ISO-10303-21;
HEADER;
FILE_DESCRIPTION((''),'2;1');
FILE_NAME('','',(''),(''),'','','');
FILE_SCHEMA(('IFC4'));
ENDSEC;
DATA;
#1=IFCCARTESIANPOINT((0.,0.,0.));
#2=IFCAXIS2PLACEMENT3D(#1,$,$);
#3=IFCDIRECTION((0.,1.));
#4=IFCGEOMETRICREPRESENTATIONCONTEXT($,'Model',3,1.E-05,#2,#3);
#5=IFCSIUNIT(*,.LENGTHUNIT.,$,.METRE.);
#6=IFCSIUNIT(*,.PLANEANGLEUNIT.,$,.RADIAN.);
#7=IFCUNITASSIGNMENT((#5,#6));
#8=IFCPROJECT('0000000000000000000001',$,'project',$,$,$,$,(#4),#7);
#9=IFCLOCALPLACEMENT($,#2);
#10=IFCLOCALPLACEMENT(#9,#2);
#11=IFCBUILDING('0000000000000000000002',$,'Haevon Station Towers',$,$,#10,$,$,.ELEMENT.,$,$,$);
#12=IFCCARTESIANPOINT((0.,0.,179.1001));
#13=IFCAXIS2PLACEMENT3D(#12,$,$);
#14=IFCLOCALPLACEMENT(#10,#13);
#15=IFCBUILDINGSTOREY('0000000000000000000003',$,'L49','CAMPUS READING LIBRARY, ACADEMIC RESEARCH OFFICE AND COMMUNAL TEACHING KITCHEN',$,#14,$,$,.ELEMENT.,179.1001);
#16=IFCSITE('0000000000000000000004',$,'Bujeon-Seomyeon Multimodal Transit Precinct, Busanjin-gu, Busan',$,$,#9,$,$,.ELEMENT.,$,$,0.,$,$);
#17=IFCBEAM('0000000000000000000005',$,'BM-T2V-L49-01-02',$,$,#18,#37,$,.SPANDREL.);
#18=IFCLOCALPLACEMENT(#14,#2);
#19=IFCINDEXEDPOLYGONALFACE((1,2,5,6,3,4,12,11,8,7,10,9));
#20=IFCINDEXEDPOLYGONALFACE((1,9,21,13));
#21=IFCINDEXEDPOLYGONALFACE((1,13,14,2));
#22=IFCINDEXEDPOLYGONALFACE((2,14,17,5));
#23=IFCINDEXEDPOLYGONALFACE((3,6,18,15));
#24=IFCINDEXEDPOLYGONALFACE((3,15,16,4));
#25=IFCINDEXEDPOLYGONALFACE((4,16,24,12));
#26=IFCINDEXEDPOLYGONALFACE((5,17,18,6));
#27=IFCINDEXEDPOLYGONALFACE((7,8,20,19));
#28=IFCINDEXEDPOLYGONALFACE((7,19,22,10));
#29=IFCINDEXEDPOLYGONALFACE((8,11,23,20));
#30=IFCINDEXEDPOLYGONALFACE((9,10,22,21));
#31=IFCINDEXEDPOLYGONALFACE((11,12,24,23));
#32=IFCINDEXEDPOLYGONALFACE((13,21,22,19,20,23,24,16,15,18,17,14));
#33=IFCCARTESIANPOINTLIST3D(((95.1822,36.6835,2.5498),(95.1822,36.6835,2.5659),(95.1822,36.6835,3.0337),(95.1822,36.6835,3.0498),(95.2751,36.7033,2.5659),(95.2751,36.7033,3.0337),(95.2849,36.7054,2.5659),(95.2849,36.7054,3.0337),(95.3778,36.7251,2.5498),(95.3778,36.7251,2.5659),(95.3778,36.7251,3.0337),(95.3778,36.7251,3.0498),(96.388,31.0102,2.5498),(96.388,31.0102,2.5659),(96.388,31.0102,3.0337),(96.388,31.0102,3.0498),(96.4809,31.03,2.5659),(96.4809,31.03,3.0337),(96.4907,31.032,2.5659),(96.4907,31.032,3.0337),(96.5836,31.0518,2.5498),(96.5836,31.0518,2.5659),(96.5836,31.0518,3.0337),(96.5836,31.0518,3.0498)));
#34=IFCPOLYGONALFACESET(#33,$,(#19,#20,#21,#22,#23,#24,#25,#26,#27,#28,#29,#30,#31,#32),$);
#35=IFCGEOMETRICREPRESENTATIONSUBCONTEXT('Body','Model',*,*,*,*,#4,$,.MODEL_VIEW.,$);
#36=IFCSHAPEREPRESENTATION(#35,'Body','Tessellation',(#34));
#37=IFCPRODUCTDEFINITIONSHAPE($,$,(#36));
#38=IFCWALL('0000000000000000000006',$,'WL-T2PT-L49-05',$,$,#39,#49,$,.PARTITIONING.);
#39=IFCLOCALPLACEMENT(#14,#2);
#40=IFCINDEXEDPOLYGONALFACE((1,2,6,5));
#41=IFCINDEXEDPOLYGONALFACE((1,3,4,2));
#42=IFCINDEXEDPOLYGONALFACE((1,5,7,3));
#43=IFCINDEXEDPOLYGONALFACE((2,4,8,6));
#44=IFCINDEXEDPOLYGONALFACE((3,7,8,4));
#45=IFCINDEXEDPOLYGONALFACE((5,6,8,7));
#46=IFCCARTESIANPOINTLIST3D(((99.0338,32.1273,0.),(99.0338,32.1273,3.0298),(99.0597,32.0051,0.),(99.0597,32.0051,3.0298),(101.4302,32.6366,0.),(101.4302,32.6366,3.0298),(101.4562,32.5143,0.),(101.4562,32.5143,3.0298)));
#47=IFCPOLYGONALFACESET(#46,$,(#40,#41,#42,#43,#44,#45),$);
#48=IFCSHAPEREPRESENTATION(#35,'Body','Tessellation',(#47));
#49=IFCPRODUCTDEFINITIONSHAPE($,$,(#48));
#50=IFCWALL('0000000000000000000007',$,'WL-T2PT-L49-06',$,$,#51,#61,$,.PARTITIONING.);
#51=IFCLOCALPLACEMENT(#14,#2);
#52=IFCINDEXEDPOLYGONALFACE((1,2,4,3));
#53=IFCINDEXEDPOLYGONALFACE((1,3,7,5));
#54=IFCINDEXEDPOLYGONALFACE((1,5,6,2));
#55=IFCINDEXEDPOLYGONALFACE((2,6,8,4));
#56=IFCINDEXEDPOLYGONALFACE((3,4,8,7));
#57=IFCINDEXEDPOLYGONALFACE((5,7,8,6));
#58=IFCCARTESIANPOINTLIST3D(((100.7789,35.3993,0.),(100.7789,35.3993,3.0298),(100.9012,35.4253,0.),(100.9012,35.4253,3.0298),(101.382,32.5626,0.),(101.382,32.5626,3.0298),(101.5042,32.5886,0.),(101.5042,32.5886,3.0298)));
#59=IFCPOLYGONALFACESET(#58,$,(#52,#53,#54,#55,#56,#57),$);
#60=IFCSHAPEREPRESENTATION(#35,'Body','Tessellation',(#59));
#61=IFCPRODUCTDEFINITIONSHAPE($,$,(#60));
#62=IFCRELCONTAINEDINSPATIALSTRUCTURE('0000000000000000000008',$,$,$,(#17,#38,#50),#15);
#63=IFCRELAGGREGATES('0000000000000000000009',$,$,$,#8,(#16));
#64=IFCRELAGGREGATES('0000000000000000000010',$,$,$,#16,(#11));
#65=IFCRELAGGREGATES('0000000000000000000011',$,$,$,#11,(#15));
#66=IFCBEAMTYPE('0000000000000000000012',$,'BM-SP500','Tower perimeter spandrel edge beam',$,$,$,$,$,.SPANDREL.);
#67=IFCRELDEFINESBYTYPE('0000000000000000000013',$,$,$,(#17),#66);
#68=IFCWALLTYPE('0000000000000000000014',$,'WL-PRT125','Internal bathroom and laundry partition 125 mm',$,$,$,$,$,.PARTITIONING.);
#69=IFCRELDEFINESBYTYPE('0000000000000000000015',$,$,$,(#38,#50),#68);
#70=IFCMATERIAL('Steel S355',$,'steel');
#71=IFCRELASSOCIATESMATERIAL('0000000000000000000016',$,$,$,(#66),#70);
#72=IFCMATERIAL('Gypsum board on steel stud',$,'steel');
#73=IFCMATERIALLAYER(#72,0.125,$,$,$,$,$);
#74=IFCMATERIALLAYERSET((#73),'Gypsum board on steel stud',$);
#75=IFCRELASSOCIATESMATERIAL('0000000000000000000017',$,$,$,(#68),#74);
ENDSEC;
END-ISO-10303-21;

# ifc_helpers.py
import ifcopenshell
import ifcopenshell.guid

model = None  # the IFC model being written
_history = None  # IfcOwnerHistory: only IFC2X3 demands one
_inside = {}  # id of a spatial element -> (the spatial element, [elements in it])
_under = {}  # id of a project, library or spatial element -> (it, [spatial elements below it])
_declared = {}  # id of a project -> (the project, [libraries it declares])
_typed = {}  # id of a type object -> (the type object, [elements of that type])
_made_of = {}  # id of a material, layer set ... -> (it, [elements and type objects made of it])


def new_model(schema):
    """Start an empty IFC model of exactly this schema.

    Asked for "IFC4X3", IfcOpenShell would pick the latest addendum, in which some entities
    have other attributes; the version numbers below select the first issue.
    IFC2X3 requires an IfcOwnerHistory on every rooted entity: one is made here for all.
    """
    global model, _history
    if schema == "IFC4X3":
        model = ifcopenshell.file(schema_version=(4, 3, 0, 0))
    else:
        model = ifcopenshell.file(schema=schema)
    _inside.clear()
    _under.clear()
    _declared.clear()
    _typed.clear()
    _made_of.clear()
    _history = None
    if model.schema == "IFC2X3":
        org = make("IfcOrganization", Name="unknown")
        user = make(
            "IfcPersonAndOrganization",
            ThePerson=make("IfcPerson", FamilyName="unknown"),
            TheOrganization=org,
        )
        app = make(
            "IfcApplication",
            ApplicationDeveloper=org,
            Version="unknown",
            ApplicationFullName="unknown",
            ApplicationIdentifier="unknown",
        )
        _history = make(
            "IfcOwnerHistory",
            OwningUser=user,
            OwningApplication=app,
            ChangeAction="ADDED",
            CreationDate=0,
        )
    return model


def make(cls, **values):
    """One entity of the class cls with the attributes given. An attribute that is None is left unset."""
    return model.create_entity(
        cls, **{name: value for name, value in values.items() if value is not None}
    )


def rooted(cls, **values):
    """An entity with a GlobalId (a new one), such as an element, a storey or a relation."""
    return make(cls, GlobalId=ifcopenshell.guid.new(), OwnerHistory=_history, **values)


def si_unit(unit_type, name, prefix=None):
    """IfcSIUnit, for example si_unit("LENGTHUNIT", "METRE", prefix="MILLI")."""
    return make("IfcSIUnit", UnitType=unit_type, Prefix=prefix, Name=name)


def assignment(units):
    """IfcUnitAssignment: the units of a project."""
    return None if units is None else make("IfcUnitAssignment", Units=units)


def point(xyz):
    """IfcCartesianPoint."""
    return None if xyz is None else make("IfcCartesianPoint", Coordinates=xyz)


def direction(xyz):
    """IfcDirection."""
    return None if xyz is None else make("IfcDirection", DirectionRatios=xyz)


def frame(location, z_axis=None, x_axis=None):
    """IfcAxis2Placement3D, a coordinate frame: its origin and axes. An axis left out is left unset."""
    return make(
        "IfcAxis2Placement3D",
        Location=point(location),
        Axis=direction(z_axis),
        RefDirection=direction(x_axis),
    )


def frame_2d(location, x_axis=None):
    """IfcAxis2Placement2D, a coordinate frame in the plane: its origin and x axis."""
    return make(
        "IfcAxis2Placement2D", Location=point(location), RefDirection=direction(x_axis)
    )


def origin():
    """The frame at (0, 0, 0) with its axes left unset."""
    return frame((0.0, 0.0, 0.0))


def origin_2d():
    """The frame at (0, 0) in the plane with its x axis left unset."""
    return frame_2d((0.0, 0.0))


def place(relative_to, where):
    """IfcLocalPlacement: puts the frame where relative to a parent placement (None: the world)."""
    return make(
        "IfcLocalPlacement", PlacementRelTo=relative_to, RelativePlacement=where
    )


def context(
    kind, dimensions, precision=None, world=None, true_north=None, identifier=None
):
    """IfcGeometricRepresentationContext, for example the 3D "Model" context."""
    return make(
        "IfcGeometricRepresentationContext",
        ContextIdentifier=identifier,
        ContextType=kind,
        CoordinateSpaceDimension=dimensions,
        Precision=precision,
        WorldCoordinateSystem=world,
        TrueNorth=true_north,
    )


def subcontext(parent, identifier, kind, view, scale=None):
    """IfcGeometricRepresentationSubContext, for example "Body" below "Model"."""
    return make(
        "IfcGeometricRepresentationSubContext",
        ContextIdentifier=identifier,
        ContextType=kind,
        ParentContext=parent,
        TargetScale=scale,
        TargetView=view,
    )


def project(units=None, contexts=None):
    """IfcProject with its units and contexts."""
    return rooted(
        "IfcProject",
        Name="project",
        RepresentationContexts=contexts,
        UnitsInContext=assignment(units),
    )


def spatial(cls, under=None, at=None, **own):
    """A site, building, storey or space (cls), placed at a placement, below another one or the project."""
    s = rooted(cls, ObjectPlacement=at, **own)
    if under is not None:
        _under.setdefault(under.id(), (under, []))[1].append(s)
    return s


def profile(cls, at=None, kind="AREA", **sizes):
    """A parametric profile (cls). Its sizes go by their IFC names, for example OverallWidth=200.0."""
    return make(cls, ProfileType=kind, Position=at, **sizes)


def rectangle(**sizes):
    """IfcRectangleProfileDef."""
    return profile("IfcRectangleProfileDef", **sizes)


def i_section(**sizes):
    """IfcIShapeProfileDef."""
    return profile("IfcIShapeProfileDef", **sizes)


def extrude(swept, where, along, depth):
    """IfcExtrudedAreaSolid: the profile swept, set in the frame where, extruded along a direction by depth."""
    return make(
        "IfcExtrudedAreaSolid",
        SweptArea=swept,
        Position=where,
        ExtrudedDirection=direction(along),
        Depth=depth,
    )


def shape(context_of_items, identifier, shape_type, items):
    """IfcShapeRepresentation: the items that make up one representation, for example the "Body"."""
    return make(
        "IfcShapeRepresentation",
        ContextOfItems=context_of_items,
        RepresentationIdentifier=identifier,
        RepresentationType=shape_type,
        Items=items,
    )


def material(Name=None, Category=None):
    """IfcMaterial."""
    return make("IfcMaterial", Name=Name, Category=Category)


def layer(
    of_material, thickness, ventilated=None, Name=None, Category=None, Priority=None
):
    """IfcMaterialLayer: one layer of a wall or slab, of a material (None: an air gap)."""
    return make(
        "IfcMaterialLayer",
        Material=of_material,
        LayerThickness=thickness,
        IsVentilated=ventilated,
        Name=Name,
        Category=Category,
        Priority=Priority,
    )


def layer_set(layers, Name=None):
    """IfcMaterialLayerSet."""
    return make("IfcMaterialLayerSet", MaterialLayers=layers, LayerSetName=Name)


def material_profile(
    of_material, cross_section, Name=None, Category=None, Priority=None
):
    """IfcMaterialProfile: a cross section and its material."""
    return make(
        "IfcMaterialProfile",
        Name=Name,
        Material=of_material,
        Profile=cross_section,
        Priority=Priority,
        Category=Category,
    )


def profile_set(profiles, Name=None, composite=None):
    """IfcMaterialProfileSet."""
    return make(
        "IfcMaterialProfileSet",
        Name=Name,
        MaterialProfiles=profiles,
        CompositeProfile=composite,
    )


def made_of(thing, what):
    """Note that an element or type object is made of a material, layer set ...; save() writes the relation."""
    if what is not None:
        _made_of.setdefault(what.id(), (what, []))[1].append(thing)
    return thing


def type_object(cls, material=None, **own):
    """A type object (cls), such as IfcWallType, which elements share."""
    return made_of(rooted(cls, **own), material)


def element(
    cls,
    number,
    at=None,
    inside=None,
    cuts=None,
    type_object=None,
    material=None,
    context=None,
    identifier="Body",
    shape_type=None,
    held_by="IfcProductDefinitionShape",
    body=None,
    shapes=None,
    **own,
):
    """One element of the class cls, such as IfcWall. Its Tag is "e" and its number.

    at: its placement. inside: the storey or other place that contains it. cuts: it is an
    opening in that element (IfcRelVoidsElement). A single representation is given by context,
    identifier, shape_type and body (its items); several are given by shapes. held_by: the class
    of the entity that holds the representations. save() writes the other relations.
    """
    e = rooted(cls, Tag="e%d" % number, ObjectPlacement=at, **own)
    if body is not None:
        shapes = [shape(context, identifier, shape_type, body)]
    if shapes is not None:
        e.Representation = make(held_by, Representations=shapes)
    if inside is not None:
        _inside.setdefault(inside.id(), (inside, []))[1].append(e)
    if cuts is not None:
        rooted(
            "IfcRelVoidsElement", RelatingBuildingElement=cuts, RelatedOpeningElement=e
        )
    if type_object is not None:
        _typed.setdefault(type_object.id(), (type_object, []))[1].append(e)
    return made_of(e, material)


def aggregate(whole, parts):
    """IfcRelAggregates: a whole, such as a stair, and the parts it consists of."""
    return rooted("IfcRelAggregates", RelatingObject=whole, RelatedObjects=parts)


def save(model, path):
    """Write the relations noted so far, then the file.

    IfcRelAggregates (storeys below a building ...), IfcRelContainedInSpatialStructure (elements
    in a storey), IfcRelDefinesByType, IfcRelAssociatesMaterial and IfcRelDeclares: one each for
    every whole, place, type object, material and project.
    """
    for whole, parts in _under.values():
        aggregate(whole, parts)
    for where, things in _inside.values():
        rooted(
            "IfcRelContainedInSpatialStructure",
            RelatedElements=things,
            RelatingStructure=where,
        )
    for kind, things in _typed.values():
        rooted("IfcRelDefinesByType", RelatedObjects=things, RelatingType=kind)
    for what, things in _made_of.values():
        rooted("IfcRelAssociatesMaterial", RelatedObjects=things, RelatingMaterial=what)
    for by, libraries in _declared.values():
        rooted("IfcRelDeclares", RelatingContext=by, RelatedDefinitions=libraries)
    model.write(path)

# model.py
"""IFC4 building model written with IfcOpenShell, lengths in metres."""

from ifc_helpers import new_model, si_unit, direction, frame, frame_2d, origin, origin_2d, place, context, subcontext, project, spatial, rectangle, i_section, extrude, material, layer, layer_set, material_profile, profile_set, type_object, element, save


model = new_model("IFC4")

# Units and contexts
model_context = context("Model", 3, precision=1e-05, world=origin(), true_north=direction((0.0, 1.0)))
body_context = subcontext(model_context, "Body", "Model", "MODEL_VIEW")
ifc_project = project(units=[si_unit("LENGTHUNIT", "METRE"), si_unit("PLANEANGLEUNIT", "RADIAN")], contexts=[model_context])

# Site, building, storey
site_placement = place(None, origin())
site = spatial("IfcSite", under=ifc_project, at=site_placement, Name="Bujeon-Seomyeon Multimodal Transit Precinct, Busanjin-gu, Busan", CompositionType="ELEMENT", RefElevation=0.0)
building_placement = place(site_placement, origin())
building = spatial("IfcBuilding", under=site, at=building_placement, Name="Haevon Station Towers", CompositionType="ELEMENT")
storey_placement = place(building_placement, frame((0.0, 0.0, 179.1001)))
storey = spatial("IfcBuildingStorey", under=building, at=storey_placement, Name="L49", Description="CAMPUS READING LIBRARY, ACADEMIC RESEARCH OFFICE AND COMMUNAL TEACHING KITCHEN", CompositionType="ELEMENT", Elevation=179.1001)

# Shared definitions
ifc_material_1 = material(Name="Steel S355", Category="steel")

# Beam
ifc_material_profile_1 = material_profile(ifc_material_1, i_section(OverallWidth=0.2, OverallDepth=0.5, WebThickness=0.01, FlangeThickness=0.0161, at=origin_2d()), Name="H-500x200x10x16")
ifc_profile_set_1 = profile_set([ifc_material_profile_1], Name="Steel S355")
beam_type_1 = type_object("IfcBeamType", Name="BM-SP500", Description="Tower perimeter spandrel edge beam", PredefinedType="SPANDREL", material=ifc_profile_set_1)
beam_1_placement = place(storey_placement, frame((96.4858, 31.031, 2.7998), z_axis=(-0.207896, 0.978151, 0.0), x_axis=(-0.978151, -0.207896, 0.0)))
element("IfcBeam", 1, at=beam_1_placement, inside=storey, type_object=beam_type_1, Name="BM-T2V-L49-01-02", PredefinedType="SPANDREL", context=body_context, shape_type="SweptSolid", body=[
    extrude(i_section(OverallWidth=0.2, OverallDepth=0.5, WebThickness=0.01, FlangeThickness=0.0161, at=origin_2d()), origin(), (0.0, 0.0, 1.0), 5.8),
])

# Walls
ifc_material_2 = material(Name="Gypsum board on steel stud", Category="steel")
ifc_layer_1 = layer(ifc_material_2, 0.125)
ifc_layer_set_1 = layer_set([ifc_layer_1], Name="Gypsum board on steel stud")
wall_type_1 = type_object("IfcWallType", Name="WL-PRT125", Description="Internal bathroom and laundry partition 125 mm", PredefinedType="PARTITIONING", material=ifc_layer_set_1)
wall_1_placement = place(storey_placement, frame((99.0466, 32.0662, 0.0), z_axis=(0.0, 0.0, 1.0), x_axis=(0.978157, 0.207868, 0.0)))
element("IfcWall", 2, at=wall_1_placement, inside=storey, type_object=wall_type_1, Name="WL-T2PT-L49-05", PredefinedType="PARTITIONING", context=body_context, shape_type="SweptSolid", body=[
    extrude(rectangle(XDim=2.45, YDim=0.125, at=frame_2d((1.2251, 0.0))), origin(), (0.0, 0.0, 1.0), 3.0298),
])
wall_2_placement = place(storey_placement, frame((101.4431, 32.5754, 0.0), z_axis=(0.0, 0.0, 1.0), x_axis=(-0.207936, 0.978142, 0.0)))
element("IfcWall", 3, at=wall_2_placement, inside=storey, type_object=wall_type_1, Name="WL-T2PT-L49-06", PredefinedType="PARTITIONING", context=body_context, shape_type="SweptSolid", body=[
    extrude(rectangle(XDim=2.9001, YDim=0.125, at=frame_2d((1.4502, 0.0))), origin(), (0.0, 0.0, 1.0), 3.0298),
])

save(model, "model.ifc")
